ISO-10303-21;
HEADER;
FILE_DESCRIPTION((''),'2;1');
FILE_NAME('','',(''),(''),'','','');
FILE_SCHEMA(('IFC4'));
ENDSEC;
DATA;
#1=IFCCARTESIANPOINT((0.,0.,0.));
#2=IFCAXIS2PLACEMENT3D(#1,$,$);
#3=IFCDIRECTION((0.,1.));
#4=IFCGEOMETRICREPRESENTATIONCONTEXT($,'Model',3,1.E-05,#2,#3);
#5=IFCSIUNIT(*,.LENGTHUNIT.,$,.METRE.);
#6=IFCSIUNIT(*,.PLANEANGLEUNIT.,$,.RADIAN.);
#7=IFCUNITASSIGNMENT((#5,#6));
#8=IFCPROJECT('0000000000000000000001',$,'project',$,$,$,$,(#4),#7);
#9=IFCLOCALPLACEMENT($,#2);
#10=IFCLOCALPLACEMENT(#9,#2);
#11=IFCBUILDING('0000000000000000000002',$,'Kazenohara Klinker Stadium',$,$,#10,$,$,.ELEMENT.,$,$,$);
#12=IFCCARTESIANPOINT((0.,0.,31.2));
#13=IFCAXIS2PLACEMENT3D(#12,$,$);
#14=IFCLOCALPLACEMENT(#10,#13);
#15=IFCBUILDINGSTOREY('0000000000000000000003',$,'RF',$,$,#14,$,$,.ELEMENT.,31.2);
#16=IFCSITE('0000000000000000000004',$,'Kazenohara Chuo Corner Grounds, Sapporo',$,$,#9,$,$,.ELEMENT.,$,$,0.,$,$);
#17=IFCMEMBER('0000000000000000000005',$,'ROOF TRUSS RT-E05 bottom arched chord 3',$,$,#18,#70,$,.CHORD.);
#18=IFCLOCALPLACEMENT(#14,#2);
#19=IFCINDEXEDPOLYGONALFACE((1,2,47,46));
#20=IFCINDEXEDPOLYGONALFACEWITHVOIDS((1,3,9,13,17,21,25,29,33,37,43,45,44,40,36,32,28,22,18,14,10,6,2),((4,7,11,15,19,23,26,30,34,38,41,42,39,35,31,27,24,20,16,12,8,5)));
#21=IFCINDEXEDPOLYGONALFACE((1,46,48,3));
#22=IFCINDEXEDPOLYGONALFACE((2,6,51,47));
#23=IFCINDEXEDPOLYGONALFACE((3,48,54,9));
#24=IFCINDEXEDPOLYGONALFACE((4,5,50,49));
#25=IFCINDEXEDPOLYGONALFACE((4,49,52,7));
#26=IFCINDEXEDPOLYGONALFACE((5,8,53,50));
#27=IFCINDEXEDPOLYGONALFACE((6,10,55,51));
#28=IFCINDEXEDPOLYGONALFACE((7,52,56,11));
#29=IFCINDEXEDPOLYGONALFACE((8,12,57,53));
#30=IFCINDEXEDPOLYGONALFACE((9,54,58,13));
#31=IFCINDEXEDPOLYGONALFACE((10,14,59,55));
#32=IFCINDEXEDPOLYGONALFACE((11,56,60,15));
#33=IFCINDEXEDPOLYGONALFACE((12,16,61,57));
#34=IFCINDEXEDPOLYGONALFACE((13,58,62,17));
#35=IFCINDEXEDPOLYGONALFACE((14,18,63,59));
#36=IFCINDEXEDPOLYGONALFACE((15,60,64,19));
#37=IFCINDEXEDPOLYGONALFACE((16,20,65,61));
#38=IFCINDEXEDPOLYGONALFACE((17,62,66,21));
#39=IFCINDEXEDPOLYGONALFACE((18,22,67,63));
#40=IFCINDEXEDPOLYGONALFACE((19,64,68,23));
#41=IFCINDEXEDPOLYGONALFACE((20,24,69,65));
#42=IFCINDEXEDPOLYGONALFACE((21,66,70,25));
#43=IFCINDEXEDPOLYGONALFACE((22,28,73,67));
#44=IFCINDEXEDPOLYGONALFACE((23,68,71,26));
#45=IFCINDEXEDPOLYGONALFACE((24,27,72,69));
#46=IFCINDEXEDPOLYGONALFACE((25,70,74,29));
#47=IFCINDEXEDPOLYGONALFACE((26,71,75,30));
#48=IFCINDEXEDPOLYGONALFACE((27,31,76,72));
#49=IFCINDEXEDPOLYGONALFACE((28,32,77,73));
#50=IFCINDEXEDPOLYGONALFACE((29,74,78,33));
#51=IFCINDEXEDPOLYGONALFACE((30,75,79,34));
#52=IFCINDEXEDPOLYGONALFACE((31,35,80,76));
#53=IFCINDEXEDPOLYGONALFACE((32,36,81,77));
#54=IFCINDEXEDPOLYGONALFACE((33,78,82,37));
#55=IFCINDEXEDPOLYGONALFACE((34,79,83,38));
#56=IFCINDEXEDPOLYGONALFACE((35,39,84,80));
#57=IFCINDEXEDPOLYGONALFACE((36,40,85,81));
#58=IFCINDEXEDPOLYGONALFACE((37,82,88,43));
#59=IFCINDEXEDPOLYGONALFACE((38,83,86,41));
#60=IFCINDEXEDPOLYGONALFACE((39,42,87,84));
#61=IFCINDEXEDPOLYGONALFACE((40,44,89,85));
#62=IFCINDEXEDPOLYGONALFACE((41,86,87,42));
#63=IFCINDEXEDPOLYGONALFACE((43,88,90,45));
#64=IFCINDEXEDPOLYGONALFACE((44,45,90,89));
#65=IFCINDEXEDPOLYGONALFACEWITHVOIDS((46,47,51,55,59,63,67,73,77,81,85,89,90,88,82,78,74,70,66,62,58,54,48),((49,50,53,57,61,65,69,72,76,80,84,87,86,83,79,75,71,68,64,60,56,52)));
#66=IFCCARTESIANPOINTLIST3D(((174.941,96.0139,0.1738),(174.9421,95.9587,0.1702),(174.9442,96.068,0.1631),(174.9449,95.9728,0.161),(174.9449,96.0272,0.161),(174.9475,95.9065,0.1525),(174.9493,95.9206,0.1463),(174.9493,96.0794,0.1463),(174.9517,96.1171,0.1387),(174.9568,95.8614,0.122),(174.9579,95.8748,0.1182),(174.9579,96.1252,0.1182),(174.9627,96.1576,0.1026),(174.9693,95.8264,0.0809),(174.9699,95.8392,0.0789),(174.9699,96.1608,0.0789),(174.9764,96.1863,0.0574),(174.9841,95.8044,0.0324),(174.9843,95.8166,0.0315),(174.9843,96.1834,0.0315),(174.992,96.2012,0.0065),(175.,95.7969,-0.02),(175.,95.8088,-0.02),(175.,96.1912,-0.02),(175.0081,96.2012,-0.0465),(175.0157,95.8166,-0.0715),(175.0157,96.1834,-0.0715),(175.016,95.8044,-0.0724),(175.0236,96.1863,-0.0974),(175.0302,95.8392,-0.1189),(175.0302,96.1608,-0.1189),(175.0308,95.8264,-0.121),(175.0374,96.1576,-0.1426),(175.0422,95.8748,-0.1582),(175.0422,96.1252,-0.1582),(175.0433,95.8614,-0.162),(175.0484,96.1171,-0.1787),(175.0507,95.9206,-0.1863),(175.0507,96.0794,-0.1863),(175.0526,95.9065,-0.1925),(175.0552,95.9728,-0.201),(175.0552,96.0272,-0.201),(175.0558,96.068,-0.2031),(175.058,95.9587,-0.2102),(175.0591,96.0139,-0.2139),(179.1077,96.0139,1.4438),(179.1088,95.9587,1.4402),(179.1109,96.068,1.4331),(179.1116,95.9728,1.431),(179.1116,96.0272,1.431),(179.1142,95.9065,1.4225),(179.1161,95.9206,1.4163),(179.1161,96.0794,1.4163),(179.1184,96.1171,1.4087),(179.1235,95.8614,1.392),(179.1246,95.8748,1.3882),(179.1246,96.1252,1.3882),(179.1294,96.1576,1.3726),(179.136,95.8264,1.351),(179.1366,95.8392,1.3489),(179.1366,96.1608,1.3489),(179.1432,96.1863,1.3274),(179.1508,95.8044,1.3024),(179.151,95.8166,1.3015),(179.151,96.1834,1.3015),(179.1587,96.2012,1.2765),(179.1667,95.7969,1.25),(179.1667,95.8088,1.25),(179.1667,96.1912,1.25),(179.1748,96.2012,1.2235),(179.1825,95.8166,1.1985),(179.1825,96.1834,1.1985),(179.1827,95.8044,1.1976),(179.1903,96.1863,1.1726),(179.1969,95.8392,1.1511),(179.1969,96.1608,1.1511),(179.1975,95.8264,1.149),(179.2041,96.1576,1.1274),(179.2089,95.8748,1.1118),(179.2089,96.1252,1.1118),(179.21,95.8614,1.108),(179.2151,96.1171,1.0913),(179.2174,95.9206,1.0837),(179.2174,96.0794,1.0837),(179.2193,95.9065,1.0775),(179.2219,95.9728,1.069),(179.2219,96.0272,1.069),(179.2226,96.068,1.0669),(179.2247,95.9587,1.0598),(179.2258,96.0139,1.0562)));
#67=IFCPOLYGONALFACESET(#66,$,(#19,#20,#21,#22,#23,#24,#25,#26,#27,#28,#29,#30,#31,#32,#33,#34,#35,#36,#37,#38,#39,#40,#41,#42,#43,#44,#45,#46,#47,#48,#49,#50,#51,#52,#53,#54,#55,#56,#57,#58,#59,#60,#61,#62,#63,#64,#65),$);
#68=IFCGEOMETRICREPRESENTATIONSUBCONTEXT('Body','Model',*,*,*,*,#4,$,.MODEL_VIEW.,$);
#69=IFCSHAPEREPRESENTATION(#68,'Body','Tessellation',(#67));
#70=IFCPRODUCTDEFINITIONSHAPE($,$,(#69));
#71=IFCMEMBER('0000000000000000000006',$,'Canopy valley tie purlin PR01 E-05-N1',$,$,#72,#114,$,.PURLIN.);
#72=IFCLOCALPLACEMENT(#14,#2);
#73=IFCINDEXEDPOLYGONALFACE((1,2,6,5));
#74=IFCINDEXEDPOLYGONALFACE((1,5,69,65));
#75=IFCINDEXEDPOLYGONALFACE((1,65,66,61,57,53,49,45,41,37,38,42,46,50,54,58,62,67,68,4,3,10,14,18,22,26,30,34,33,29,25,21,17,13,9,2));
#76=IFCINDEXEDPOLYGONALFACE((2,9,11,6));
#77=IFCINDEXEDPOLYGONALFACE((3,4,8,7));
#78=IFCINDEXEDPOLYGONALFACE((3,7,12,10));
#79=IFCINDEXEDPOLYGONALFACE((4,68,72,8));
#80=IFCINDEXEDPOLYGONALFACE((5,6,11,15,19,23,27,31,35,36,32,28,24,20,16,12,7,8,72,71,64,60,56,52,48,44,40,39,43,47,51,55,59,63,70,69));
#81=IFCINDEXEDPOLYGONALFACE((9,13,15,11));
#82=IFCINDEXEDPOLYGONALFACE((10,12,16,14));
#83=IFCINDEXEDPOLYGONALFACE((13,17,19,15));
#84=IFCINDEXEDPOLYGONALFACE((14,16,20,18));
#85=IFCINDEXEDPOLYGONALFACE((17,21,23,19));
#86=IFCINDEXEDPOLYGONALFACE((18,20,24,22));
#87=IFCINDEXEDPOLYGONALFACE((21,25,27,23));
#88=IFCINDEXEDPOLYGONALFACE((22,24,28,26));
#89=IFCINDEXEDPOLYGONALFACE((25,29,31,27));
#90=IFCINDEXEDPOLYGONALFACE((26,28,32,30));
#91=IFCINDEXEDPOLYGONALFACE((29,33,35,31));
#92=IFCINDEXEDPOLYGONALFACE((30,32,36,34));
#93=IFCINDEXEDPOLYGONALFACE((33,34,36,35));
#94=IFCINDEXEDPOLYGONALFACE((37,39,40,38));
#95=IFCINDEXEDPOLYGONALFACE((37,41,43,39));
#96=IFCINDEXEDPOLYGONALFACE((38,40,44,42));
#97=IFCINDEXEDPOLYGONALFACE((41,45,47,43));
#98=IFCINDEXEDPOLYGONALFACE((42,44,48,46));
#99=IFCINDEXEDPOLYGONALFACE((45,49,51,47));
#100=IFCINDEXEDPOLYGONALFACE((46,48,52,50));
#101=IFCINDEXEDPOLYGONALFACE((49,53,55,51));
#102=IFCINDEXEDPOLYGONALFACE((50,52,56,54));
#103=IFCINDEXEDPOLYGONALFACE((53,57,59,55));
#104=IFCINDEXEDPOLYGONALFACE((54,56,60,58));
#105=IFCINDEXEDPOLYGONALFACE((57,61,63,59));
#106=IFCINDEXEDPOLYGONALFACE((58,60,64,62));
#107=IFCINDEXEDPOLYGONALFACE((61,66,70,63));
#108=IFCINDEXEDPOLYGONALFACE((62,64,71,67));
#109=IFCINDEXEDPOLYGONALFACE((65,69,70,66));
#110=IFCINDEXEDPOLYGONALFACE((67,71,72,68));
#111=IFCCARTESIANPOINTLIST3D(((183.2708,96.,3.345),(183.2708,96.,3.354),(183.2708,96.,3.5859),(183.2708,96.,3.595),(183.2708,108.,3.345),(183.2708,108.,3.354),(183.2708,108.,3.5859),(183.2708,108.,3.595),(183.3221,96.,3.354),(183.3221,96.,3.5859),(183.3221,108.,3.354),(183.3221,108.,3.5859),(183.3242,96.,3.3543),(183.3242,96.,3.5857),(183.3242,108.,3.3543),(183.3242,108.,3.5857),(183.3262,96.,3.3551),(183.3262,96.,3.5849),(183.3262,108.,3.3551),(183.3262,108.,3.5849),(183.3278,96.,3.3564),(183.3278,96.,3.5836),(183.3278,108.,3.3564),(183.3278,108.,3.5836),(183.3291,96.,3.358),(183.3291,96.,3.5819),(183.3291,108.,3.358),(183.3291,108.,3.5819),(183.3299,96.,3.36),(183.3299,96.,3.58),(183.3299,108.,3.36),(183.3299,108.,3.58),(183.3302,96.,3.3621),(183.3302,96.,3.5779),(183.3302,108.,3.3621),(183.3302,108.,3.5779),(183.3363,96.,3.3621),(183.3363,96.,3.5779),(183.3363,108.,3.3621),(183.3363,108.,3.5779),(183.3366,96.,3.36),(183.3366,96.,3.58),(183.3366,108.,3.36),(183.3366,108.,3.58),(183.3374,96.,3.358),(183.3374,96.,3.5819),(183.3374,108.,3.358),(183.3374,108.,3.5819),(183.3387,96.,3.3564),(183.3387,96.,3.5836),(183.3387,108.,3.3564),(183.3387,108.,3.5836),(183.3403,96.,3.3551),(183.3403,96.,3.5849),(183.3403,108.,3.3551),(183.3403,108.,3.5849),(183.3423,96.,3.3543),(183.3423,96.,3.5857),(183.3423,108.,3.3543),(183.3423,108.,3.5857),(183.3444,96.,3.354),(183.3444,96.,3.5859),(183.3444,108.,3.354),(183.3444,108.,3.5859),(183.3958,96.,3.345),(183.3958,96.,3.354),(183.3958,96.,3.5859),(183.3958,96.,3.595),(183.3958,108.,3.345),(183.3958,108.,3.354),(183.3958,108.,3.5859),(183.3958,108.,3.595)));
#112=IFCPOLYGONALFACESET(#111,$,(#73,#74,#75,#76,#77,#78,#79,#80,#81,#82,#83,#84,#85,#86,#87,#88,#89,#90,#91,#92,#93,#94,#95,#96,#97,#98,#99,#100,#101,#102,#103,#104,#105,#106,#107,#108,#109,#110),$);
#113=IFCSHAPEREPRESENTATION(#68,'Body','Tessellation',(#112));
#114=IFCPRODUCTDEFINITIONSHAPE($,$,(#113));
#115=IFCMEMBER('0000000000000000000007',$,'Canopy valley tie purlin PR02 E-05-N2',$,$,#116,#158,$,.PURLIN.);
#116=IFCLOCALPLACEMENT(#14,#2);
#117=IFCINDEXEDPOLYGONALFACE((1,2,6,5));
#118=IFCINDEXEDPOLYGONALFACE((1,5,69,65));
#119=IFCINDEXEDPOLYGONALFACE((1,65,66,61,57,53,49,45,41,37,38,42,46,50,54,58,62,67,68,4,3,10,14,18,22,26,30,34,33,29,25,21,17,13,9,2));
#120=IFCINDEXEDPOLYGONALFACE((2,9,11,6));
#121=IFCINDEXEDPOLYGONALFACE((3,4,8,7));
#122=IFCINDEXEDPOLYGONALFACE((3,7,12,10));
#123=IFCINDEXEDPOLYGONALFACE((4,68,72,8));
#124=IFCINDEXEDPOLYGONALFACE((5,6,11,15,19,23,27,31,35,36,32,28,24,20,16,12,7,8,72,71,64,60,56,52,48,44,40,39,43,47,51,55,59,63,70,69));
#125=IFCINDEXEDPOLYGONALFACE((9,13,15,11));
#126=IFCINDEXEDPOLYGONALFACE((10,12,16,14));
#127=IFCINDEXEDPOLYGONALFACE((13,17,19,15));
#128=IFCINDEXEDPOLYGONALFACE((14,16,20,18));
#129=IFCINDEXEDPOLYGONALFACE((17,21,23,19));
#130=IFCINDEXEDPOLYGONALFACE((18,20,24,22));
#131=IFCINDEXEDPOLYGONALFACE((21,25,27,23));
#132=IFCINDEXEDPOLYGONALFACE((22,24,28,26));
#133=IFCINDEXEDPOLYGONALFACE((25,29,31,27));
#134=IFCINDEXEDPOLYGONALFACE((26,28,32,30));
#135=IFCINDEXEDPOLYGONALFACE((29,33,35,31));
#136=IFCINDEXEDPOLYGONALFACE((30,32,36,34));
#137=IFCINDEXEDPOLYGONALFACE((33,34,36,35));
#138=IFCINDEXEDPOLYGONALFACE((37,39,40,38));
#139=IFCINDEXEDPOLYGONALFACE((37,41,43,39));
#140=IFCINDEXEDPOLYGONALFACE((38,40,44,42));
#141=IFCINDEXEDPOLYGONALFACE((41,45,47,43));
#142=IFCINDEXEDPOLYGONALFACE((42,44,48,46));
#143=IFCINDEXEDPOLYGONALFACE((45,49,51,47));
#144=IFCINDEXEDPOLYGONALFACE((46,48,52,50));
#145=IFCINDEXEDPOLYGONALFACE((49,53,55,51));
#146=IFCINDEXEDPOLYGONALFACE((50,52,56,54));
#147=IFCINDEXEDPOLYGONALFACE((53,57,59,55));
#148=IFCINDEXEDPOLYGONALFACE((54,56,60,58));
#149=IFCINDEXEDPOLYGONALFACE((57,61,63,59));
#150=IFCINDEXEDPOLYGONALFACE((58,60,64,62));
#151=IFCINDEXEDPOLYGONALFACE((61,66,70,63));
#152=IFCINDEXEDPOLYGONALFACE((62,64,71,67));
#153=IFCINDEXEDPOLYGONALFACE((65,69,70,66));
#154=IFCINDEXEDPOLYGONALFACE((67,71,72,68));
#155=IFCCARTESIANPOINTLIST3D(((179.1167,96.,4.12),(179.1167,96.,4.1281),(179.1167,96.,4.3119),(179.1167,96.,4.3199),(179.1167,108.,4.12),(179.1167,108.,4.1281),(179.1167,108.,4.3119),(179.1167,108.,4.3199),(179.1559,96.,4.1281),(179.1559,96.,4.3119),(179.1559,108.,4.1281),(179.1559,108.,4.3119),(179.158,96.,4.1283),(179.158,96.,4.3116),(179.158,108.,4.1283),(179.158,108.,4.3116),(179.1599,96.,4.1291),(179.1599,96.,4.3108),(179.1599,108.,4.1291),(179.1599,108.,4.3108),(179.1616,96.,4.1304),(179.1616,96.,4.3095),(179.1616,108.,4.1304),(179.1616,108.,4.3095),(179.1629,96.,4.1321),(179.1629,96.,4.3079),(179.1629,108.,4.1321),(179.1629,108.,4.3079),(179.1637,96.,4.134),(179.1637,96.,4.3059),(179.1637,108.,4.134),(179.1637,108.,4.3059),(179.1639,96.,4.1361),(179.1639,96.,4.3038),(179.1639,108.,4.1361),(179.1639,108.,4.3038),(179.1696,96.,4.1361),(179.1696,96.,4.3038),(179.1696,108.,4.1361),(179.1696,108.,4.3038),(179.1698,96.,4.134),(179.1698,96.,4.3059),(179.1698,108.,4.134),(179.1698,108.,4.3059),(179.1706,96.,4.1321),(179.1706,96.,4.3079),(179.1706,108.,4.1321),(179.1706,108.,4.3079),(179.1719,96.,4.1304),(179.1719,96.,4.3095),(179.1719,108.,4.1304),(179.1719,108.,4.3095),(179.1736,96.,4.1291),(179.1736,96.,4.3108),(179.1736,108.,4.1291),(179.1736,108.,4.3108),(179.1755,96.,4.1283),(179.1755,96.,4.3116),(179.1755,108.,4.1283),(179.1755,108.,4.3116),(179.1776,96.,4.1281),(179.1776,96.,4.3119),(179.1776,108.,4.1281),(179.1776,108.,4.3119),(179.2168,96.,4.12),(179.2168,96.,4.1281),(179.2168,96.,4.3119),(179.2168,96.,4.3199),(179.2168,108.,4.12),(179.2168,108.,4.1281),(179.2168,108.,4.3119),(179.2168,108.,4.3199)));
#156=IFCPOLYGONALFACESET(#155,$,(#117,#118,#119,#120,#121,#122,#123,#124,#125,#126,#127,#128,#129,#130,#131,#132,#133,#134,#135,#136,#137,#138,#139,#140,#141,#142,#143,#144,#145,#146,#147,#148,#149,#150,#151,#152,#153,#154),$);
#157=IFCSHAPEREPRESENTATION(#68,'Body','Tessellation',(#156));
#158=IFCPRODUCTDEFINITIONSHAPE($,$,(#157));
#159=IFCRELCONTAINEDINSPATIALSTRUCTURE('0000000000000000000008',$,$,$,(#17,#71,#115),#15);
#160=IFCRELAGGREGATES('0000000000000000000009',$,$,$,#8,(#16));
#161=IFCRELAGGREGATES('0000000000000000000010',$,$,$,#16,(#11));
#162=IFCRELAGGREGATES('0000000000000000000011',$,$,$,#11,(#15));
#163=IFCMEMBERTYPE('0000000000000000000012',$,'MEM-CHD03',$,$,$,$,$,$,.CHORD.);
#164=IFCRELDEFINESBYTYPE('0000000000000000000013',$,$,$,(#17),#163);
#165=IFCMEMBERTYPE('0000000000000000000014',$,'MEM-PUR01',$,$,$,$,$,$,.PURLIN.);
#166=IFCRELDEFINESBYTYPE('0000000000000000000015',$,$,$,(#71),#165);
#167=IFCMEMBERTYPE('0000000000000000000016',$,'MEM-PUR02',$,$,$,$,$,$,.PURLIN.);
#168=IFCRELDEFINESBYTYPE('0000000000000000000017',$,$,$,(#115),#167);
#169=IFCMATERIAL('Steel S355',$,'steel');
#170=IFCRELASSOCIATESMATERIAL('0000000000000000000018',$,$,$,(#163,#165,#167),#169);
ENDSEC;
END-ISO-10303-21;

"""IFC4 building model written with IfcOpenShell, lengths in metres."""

from ifc_helpers import new_model, si_unit, direction, frame, origin, origin_2d, place, context, subcontext, project, spatial, hollow_circle, i_section, extrude, material, material_profile, profile_set, type_object, element, save


model = new_model("IFC4")

# Units and contexts
model_context = context("Model", 3, precision=1e-05, world=origin(), true_north=direction((0.0, 1.0)))
body_context = subcontext(model_context, "Body", "Model", "MODEL_VIEW")
ifc_project = project(units=[si_unit("LENGTHUNIT", "METRE"), si_unit("PLANEANGLEUNIT", "RADIAN")], contexts=[model_context])

# Site, building, storey
site_placement = place(None, origin())
site = spatial("IfcSite", under=ifc_project, at=site_placement, Name="Kazenohara Chuo Corner Grounds, Sapporo", CompositionType="ELEMENT", RefElevation=0.0)
building_placement = place(site_placement, origin())
building = spatial("IfcBuilding", under=site, at=building_placement, Name="Kazenohara Klinker Stadium", CompositionType="ELEMENT")
storey_placement = place(building_placement, frame((0.0, 0.0, 31.2)))
storey = spatial("IfcBuildingStorey", under=building, at=storey_placement, Name="RF", CompositionType="ELEMENT", Elevation=31.2)

# Members
ifc_material_1 = material(Name="Steel S355", Category="steel")
ifc_material_profile_1 = material_profile(ifc_material_1, hollow_circle(Radius=0.2031, WallThickness=0.012, at=origin_2d()), Name="CHS-406.4x12")
ifc_profile_set_1 = profile_set([ifc_material_profile_1], Name="Steel S355")
member_type_1 = type_object("IfcMemberType", Name="MEM-CHD03", PredefinedType="CHORD", material=ifc_profile_set_1)
member_1_placement = place(storey_placement, frame((179.1667, 96.0, 1.25), z_axis=(-0.956554, 0.0, -0.291556), x_axis=(0.0, -1.0, 0.0)))
element("IfcMember", 1, at=member_1_placement, inside=storey, type_object=member_type_1, Name="ROOF TRUSS RT-E05 bottom arched chord 3", PredefinedType="CHORD", context=body_context, shape_type="SweptSolid", body=[
    extrude(hollow_circle(Radius=0.2031, WallThickness=0.012, at=origin_2d()), origin(), (0.0, 0.0, 1.0), 4.356),
])
ifc_material_profile_2 = material_profile(ifc_material_1, i_section(OverallWidth=0.125, OverallDepth=0.25, WebThickness=0.0061, FlangeThickness=0.009, FilletRadius=0.0081, at=origin_2d()), Name="H-250x125x6x9")
ifc_profile_set_2 = profile_set([ifc_material_profile_2], Name="Steel S355")
member_type_2 = type_object("IfcMemberType", Name="MEM-PUR01", PredefinedType="PURLIN", material=ifc_profile_set_2)
member_2_placement = place(storey_placement, frame((183.3333, 96.0, 3.47), z_axis=(0.0, 1.0, 0.0), x_axis=(-1.0, 0.0, 0.0)))
element("IfcMember", 2, at=member_2_placement, inside=storey, type_object=member_type_2, Name="Canopy valley tie purlin PR01 E-05-N1", PredefinedType="PURLIN", context=body_context, shape_type="SweptSolid", body=[
    extrude(i_section(OverallWidth=0.125, OverallDepth=0.25, WebThickness=0.0061, FlangeThickness=0.009, FilletRadius=0.0081, at=origin_2d()), origin(), (0.0, 0.0, 1.0), 12.0),
])
ifc_material_profile_3 = material_profile(ifc_material_1, i_section(OverallWidth=0.1001, OverallDepth=0.2, WebThickness=0.0056, FlangeThickness=0.0081, FilletRadius=0.0081, at=origin_2d()), Name="H-200x100x5.5x8")
ifc_profile_set_3 = profile_set([ifc_material_profile_3], Name="Steel S355")
member_type_3 = type_object("IfcMemberType", Name="MEM-PUR02", PredefinedType="PURLIN", material=ifc_profile_set_3)
member_3_placement = place(storey_placement, frame((179.1667, 96.0, 4.22), z_axis=(0.0, 1.0, 0.0), x_axis=(-1.0, 0.0, 0.0)))
element("IfcMember", 3, at=member_3_placement, inside=storey, type_object=member_type_3, Name="Canopy valley tie purlin PR02 E-05-N2", PredefinedType="PURLIN", context=body_context, shape_type="SweptSolid", body=[
    extrude(i_section(OverallWidth=0.1001, OverallDepth=0.2, WebThickness=0.0056, FlangeThickness=0.0081, FilletRadius=0.0081, at=origin_2d()), origin(), (0.0, 0.0, 1.0), 12.0),
])

save(model, "model.ifc")
